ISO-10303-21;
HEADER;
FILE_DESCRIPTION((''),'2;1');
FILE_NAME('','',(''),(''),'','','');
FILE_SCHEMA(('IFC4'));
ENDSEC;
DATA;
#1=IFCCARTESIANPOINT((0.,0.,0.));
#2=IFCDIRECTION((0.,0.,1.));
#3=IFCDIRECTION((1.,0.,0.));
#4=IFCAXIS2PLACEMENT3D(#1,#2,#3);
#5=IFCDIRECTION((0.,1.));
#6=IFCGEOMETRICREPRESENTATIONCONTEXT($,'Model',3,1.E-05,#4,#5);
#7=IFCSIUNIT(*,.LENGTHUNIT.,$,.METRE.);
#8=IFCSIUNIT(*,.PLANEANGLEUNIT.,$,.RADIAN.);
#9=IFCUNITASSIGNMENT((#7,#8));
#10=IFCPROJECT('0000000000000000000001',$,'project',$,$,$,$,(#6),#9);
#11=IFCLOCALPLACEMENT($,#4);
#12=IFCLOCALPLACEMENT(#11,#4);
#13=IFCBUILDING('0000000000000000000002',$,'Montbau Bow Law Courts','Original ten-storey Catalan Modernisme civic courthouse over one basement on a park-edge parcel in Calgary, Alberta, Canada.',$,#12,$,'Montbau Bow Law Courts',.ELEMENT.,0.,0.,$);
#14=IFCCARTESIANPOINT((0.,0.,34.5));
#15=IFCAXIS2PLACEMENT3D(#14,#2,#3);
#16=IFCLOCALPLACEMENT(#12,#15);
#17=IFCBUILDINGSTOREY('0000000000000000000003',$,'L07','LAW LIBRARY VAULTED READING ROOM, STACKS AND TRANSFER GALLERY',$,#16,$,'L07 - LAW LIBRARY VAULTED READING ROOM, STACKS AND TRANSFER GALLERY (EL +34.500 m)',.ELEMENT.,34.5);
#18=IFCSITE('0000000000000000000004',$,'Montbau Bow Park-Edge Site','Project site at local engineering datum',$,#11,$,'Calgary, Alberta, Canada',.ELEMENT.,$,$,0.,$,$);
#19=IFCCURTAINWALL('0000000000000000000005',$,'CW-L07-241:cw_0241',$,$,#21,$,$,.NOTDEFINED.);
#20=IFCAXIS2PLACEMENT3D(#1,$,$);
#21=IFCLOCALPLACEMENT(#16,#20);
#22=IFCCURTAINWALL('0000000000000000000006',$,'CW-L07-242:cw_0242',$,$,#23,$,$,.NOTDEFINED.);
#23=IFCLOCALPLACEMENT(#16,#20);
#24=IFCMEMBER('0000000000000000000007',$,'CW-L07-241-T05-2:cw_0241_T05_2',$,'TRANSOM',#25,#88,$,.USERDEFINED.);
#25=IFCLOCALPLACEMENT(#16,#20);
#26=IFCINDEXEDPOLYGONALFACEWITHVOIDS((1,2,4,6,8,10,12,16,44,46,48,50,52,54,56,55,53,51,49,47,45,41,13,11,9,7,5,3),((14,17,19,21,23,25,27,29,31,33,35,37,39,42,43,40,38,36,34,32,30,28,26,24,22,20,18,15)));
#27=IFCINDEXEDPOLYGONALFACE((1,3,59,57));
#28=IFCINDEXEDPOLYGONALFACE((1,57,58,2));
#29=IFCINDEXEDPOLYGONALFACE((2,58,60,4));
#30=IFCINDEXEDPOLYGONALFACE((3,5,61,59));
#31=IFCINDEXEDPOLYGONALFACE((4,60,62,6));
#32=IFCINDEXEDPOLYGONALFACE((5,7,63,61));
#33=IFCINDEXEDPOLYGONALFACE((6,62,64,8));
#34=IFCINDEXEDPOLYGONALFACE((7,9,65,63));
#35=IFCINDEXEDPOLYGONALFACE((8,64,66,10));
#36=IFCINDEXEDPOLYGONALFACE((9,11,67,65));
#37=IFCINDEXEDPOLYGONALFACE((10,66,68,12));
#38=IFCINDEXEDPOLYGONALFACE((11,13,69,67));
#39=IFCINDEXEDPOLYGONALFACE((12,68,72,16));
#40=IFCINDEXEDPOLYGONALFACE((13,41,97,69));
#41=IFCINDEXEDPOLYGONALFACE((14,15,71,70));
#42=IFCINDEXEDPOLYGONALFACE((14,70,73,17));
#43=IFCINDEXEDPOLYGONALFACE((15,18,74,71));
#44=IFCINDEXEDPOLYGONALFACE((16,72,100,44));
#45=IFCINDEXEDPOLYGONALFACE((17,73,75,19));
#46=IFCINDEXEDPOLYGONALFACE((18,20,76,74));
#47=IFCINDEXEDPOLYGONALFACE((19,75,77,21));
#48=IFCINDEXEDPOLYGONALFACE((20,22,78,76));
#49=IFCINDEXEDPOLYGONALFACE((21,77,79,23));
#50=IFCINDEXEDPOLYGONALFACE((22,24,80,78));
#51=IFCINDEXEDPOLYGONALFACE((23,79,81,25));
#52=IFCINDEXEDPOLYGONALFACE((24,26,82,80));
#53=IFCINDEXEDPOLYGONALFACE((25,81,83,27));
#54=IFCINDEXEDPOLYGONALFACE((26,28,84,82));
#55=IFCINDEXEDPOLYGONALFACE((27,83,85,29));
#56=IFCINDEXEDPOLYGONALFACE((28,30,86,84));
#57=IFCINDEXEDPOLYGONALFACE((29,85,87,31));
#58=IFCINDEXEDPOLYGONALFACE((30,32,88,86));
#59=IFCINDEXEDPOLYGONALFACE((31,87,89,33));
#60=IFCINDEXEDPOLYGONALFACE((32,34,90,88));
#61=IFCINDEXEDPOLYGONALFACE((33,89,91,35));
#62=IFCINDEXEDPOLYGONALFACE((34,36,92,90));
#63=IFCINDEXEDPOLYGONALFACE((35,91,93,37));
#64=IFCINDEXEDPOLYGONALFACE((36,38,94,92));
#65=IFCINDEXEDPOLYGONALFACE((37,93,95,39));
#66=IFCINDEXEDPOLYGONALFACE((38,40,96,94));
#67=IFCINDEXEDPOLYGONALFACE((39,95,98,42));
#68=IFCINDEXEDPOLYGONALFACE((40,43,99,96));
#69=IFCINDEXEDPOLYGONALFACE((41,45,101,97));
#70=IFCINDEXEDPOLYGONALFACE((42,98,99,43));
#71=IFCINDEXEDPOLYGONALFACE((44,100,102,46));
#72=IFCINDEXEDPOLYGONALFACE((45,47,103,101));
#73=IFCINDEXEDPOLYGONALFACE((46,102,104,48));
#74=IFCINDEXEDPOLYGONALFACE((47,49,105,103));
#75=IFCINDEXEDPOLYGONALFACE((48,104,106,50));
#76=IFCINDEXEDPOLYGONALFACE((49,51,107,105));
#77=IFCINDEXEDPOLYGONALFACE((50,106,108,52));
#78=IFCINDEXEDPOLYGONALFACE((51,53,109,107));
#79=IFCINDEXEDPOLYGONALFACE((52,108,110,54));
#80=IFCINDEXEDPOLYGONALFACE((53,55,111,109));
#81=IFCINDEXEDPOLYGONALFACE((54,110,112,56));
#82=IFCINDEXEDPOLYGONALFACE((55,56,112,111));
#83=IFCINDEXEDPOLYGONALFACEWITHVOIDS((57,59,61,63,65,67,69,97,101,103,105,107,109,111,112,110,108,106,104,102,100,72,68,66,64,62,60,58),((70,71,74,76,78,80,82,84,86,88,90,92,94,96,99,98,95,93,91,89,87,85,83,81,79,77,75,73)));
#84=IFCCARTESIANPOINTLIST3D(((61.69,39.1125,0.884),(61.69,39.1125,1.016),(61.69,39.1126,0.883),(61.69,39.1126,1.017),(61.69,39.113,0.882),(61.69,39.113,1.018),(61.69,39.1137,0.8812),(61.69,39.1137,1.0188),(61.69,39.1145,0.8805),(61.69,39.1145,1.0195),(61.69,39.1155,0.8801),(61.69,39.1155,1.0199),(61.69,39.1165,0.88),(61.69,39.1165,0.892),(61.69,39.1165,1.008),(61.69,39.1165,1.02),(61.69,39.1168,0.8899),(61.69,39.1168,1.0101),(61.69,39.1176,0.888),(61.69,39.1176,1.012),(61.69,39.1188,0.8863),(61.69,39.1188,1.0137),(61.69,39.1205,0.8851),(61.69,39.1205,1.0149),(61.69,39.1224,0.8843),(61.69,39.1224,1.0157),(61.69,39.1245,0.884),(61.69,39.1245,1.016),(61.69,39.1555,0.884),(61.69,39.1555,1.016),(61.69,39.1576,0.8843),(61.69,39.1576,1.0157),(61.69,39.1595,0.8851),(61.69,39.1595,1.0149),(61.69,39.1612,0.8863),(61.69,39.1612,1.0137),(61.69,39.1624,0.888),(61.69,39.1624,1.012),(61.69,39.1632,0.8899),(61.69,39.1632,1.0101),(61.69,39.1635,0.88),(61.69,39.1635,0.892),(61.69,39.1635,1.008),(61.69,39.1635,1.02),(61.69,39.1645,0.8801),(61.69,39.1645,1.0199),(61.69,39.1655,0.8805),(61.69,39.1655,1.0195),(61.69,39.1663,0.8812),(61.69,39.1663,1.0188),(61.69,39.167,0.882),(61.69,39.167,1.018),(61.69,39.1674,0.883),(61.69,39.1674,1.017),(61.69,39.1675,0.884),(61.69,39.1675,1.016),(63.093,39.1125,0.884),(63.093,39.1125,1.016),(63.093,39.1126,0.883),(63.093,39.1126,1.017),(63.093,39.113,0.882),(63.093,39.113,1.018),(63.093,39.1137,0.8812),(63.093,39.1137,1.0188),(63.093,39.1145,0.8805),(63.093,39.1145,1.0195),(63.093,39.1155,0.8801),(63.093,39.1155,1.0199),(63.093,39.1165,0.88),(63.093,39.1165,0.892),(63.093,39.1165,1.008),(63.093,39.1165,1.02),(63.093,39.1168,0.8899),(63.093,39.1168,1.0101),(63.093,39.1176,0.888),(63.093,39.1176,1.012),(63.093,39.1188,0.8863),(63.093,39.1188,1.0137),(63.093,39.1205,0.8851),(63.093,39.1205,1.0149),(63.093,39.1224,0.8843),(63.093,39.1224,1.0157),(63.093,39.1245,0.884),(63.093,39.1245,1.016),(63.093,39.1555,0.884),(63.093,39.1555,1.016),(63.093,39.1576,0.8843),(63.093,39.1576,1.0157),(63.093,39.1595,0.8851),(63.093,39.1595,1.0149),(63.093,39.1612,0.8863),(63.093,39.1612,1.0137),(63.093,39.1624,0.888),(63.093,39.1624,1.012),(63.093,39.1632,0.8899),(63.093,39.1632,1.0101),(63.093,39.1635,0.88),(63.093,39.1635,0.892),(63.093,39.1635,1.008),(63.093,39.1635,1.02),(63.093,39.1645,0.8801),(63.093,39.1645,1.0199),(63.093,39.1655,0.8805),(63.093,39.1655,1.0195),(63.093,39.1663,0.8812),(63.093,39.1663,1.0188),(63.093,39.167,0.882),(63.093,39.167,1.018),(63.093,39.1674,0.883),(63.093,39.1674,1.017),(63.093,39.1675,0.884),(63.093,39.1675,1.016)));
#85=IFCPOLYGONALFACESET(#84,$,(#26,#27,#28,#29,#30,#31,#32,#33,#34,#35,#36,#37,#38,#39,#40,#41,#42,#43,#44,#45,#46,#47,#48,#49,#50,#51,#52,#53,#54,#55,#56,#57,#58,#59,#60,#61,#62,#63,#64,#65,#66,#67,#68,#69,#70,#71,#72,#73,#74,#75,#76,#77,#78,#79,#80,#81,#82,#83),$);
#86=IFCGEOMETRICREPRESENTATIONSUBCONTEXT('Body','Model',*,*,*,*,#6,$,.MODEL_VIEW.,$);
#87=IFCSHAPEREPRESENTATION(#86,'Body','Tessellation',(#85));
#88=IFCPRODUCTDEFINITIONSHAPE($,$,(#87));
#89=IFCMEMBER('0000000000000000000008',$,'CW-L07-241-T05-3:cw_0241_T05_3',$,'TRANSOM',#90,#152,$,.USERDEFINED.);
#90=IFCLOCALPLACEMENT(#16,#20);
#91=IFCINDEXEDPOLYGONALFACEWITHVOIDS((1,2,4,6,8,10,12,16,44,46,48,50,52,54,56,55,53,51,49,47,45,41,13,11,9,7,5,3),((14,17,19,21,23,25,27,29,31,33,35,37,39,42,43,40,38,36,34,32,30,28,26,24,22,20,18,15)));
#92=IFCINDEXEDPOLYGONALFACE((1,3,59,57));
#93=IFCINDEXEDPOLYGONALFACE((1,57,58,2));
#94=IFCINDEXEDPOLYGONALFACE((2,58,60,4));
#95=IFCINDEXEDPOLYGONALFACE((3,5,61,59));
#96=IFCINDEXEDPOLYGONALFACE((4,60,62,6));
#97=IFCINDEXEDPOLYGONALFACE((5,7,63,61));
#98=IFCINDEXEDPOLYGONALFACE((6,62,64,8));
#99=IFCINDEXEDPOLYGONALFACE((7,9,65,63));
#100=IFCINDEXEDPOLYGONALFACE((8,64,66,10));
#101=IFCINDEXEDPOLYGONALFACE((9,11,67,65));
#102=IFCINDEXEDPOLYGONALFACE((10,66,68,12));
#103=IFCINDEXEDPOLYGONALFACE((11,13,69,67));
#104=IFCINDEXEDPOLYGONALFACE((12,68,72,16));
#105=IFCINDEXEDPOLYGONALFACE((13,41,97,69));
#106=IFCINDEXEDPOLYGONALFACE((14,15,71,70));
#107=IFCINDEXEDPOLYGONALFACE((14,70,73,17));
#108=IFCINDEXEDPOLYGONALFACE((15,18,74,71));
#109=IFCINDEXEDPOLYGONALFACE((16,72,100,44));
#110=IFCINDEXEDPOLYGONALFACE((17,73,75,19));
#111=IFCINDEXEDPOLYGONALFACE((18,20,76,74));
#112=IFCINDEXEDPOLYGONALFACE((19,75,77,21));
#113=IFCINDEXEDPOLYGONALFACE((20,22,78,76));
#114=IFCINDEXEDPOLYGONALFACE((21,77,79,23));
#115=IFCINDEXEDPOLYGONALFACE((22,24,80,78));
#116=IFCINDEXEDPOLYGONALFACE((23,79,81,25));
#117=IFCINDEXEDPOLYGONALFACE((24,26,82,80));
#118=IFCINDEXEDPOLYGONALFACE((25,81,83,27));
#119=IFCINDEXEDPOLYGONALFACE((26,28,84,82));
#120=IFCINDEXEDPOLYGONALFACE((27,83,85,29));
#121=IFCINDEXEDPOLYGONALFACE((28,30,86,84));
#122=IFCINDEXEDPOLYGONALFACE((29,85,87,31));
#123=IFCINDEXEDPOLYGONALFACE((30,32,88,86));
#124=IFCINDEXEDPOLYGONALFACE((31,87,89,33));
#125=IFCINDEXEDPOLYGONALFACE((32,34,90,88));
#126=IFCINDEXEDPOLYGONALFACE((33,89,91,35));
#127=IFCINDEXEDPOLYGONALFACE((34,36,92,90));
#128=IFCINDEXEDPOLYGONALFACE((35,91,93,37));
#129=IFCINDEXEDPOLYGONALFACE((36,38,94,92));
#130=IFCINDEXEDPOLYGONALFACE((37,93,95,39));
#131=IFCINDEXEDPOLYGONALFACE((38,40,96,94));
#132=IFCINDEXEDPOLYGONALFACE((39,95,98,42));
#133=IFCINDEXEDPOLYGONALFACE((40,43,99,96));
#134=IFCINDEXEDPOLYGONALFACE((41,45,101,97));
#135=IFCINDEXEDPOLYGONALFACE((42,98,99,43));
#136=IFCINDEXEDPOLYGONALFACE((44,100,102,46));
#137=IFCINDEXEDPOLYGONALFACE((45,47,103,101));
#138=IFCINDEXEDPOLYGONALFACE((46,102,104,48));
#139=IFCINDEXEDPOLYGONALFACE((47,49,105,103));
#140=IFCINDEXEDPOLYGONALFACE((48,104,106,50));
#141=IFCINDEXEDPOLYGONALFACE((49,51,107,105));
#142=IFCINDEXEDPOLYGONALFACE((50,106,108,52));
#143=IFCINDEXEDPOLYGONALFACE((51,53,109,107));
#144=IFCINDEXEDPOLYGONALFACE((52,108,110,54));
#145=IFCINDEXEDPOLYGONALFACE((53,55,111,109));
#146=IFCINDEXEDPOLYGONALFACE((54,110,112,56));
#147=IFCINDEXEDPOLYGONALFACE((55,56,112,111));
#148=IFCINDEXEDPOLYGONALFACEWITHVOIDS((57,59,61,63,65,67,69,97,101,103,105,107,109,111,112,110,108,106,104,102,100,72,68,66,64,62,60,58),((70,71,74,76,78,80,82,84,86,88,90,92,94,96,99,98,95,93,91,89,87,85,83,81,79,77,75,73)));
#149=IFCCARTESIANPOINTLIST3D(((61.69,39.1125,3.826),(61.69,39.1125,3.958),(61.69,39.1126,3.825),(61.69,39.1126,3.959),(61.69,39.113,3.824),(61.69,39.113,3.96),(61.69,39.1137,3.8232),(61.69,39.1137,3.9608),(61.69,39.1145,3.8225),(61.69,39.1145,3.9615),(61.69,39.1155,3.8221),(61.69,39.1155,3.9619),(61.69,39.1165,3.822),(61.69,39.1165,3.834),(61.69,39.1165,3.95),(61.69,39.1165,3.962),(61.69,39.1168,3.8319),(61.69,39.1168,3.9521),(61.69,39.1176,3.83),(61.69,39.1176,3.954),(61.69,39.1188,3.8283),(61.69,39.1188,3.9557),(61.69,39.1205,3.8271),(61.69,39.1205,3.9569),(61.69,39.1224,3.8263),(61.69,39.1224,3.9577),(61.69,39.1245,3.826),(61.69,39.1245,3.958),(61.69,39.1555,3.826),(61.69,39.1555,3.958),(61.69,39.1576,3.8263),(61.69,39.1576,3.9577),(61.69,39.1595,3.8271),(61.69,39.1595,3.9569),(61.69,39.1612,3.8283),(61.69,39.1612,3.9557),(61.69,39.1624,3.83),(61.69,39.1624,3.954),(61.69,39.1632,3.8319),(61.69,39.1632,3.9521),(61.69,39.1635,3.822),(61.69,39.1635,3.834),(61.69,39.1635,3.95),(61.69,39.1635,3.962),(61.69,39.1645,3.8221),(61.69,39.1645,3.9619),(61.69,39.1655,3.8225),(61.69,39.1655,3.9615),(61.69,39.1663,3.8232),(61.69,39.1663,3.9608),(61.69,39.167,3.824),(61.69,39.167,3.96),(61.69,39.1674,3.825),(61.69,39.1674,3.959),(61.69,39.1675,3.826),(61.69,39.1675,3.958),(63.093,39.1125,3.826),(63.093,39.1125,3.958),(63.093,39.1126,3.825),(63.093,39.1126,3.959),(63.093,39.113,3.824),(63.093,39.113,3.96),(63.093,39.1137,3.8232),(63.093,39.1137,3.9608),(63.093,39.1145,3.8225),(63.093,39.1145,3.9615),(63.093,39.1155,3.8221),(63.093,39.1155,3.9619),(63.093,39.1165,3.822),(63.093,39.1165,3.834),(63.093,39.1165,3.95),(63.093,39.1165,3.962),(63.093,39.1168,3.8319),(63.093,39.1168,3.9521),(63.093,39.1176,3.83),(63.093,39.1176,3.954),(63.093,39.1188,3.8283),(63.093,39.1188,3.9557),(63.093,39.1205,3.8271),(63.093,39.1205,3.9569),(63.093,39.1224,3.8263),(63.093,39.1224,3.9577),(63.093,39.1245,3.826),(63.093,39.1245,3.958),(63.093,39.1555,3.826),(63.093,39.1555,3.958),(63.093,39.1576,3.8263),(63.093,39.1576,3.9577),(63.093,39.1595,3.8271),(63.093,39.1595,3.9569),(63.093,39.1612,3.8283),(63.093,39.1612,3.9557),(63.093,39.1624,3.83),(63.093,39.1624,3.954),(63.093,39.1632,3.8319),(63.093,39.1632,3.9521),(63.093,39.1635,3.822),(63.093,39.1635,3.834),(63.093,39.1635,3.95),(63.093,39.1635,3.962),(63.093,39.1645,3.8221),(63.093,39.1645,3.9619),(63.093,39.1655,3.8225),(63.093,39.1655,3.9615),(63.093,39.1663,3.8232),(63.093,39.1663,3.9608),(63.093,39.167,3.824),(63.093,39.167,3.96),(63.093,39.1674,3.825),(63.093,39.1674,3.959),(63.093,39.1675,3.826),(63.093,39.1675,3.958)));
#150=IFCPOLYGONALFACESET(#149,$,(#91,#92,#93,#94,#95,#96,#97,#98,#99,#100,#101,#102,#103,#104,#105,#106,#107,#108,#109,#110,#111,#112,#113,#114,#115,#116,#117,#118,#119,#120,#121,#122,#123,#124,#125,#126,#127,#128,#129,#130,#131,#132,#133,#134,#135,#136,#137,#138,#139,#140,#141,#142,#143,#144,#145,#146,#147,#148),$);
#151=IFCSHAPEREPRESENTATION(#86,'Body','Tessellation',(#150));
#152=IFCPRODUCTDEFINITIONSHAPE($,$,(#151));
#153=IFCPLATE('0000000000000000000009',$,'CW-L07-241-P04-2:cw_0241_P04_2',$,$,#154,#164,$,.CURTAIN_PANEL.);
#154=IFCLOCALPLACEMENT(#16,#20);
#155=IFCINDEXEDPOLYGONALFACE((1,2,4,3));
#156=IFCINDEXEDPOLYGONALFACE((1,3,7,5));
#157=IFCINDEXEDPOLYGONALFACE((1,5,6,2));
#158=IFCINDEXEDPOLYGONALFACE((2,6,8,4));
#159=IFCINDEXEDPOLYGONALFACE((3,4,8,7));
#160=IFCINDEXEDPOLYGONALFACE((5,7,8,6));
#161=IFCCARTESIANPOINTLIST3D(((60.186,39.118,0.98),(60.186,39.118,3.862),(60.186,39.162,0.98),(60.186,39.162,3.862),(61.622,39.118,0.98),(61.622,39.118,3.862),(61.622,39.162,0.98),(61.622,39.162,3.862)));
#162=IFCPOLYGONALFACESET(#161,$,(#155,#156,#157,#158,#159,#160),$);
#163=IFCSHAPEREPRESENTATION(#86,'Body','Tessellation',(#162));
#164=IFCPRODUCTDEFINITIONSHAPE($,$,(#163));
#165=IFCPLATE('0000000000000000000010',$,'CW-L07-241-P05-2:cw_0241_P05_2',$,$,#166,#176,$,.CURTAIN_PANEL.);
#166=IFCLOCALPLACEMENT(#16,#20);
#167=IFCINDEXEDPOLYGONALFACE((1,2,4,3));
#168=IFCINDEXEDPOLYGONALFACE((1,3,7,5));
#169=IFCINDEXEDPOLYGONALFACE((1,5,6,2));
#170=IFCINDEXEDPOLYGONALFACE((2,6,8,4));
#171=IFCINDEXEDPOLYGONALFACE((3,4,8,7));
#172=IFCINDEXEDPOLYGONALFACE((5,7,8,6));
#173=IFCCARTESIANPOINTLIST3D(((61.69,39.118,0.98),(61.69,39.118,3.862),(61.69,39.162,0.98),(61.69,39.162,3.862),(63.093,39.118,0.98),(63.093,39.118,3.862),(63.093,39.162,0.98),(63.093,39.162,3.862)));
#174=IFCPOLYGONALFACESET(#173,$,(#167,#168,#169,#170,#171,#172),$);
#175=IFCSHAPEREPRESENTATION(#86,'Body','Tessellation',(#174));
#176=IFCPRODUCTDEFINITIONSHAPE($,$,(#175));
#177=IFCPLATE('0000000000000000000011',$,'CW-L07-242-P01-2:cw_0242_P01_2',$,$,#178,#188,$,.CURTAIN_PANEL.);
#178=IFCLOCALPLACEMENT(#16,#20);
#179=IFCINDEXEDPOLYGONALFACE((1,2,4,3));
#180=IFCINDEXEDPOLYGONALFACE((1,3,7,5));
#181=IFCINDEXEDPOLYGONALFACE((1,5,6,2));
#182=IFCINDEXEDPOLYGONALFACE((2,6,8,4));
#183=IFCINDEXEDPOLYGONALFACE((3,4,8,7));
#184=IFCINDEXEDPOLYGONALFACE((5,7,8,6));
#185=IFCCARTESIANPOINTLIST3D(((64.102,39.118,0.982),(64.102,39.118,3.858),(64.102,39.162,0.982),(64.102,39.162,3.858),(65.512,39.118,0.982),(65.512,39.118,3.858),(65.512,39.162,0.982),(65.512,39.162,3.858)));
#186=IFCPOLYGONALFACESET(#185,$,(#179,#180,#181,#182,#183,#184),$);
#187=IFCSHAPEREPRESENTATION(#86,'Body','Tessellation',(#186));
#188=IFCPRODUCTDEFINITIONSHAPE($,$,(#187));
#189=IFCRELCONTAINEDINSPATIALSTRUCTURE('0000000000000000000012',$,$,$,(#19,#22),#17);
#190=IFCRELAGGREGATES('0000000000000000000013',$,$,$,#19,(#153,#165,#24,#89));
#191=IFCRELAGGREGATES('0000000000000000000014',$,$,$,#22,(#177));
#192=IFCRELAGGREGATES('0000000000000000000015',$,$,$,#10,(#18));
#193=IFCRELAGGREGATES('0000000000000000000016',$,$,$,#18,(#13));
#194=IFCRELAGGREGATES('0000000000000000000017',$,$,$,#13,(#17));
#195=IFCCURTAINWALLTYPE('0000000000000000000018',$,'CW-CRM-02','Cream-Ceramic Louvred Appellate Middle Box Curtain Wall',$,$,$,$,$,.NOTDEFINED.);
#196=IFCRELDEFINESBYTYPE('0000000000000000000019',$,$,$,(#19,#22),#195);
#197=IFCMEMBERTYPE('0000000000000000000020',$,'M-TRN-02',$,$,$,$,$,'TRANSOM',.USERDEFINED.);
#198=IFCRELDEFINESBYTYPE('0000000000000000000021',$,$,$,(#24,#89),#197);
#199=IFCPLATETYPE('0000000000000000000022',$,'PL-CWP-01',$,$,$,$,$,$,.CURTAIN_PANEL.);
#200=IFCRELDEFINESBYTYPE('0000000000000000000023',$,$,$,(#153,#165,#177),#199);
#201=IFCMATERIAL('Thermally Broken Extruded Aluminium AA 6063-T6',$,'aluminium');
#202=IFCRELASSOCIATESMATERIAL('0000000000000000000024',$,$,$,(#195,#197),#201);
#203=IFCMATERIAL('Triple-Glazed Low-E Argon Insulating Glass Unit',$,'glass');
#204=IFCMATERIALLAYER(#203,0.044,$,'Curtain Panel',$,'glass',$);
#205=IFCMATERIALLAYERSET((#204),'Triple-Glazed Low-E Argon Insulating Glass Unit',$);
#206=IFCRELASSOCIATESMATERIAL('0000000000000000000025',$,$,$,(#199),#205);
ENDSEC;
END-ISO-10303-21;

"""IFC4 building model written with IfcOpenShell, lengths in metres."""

from ifc_helpers import new_model, si_unit, direction, frame, frame_2d, origin_with_axes, origin_2d_with_axis, place, context, subcontext, project, spatial, rectangle, hollow_rectangle, extrude, material, layer, layer_set, material_profile, profile_set, type_object, element, aggregate, save


model = new_model("IFC4")

# Units and contexts
model_context = context("Model", 3, precision=1e-05, world=origin_with_axes(), true_north=direction((0.0, 1.0)))
body_context = subcontext(model_context, "Body", "Model", "MODEL_VIEW")
ifc_project = project(units=[si_unit("LENGTHUNIT", "METRE"), si_unit("PLANEANGLEUNIT", "RADIAN")], contexts=[model_context])

# Site, building, storey
site_placement = place(None, origin_with_axes())
site = spatial("IfcSite", under=ifc_project, at=site_placement, Name="Montbau Bow Park-Edge Site", Description="Project site at local engineering datum", LongName="Calgary, Alberta, Canada", CompositionType="ELEMENT", RefElevation=0.0)
building_placement = place(site_placement, origin_with_axes())
building = spatial("IfcBuilding", under=site, at=building_placement, Name="Montbau Bow Law Courts", Description="Original ten-storey Catalan Modernisme civic courthouse over one basement on a park-edge parcel in Calgary, Alberta, Canada.", LongName="Montbau Bow Law Courts", CompositionType="ELEMENT", ElevationOfRefHeight=0.0, ElevationOfTerrain=0.0)
storey_placement = place(building_placement, frame((0.0, 0.0, 34.5), z_axis=(0.0, 0.0, 1.0), x_axis=(1.0, 0.0, 0.0)))
storey = spatial("IfcBuildingStorey", under=building, at=storey_placement, Name="L07", Description="LAW LIBRARY VAULTED READING ROOM, STACKS AND TRANSFER GALLERY", LongName="L07 - LAW LIBRARY VAULTED READING ROOM, STACKS AND TRANSFER GALLERY (EL +34.500 m)", CompositionType="ELEMENT", Elevation=34.5)

# Curtain wall
ifc_material_1 = material(Name="Thermally Broken Extruded Aluminium AA 6063-T6", Category="aluminium")
curtain_wall_type = type_object("IfcCurtainWallType", Name="CW-CRM-02", Description="Cream-Ceramic Louvred Appellate Middle Box Curtain Wall", PredefinedType="NOTDEFINED", material=ifc_material_1)
curtain_wall_1_placement = place(None, frame((55.64, 39.14, 34.5), z_axis=(0.0, 0.0, 1.0), x_axis=(1.0, 0.0, 0.0)))
curtain_wall_1 = element("IfcCurtainWall", 1, at=curtain_wall_1_placement, inside=storey, type_object=curtain_wall_type, Name="CW-L07-241:cw_0241", PredefinedType="NOTDEFINED")

# Curtain wall
curtain_wall_2_placement = place(None, frame((64.04, 39.14, 34.5), z_axis=(0.0, 0.0, 1.0), x_axis=(1.0, 0.0, 0.0)))
curtain_wall_2 = element("IfcCurtainWall", 2, at=curtain_wall_2_placement, inside=storey, type_object=curtain_wall_type, Name="CW-L07-242:cw_0242", PredefinedType="NOTDEFINED")

# Members
ifc_material_profile_1 = material_profile(ifc_material_1, hollow_rectangle(XDim=0.055, YDim=0.14, WallThickness=0.004, InnerFilletRadius=0.008, OuterFilletRadius=0.004, at=origin_2d_with_axis()), Name="CWT-140X55", Category="Main", Priority=0)
ifc_profile_set_1 = profile_set([ifc_material_profile_1], Name="Thermally Broken Extruded Aluminium AA 6063-T6")
member_type_1 = type_object("IfcMemberType", Name="M-TRN-02", ElementType="TRANSOM", PredefinedType="USERDEFINED", material=ifc_profile_set_1)
member_1_placement = place(None, frame((61.69, 39.14, 35.45), z_axis=(1.0, 0.0, 0.0), x_axis=(0.0, 1.0, 0.0)))
member_1 = element("IfcMember", 3, at=member_1_placement, type_object=member_type_1, Name="CW-L07-241-T05-2:cw_0241_T05_2", ObjectType="TRANSOM", PredefinedType="USERDEFINED", context=body_context, shape_type="SweptSolid", body=[
    extrude(hollow_rectangle(XDim=0.055, YDim=0.14, WallThickness=0.004, InnerFilletRadius=0.008, OuterFilletRadius=0.004, at=origin_2d_with_axis()), origin_with_axes(), (0.0, 0.0, 1.0), 1.403),
])
member_2_placement = place(None, frame((61.69, 39.14, 38.392), z_axis=(1.0, 0.0, 0.0), x_axis=(0.0, 1.0, 0.0)))
member_2 = element("IfcMember", 4, at=member_2_placement, type_object=member_type_1, Name="CW-L07-241-T05-3:cw_0241_T05_3", ObjectType="TRANSOM", PredefinedType="USERDEFINED", context=body_context, shape_type="SweptSolid", body=[
    extrude(hollow_rectangle(XDim=0.055, YDim=0.14, WallThickness=0.004, InnerFilletRadius=0.008, OuterFilletRadius=0.004, at=origin_2d_with_axis()), origin_with_axes(), (0.0, 0.0, 1.0), 1.403),
])

# Plates
ifc_material_2 = material(Name="Triple-Glazed Low-E Argon Insulating Glass Unit", Category="glass")
ifc_layer_1 = layer(ifc_material_2, 0.044, Name="Curtain Panel", Category="glass")
ifc_layer_set_1 = layer_set([ifc_layer_1], Name="Triple-Glazed Low-E Argon Insulating Glass Unit")
plate_type_1 = type_object("IfcPlateType", Name="PL-CWP-01", PredefinedType="CURTAIN_PANEL", material=ifc_layer_set_1)
plate_1_placement = place(None, frame((60.186, 39.14, 35.48), z_axis=(0.0, -1.0, 0.0), x_axis=(1.0, 0.0, 0.0)))
plate_1 = element("IfcPlate", 5, at=plate_1_placement, type_object=plate_type_1, Name="CW-L07-241-P04-2:cw_0241_P04_2", PredefinedType="CURTAIN_PANEL", context=body_context, shape_type="SweptSolid", body=[
    extrude(rectangle(XDim=1.436, YDim=2.882, at=frame_2d((0.718, 1.441), x_axis=(1.0, 0.0))), frame((0.0, 0.0, -0.022), z_axis=(0.0, 0.0, 1.0), x_axis=(1.0, 0.0, 0.0)), (0.0, 0.0, 1.0), 0.044),
])
plate_2_placement = place(None, frame((61.69, 39.14, 35.48), z_axis=(0.0, -1.0, 0.0), x_axis=(1.0, 0.0, 0.0)))
plate_2 = element("IfcPlate", 6, at=plate_2_placement, type_object=plate_type_1, Name="CW-L07-241-P05-2:cw_0241_P05_2", PredefinedType="CURTAIN_PANEL", context=body_context, shape_type="SweptSolid", body=[
    extrude(rectangle(XDim=1.403, YDim=2.882, at=frame_2d((0.7015, 1.441), x_axis=(1.0, 0.0))), frame((0.0, 0.0, -0.022), z_axis=(0.0, 0.0, 1.0), x_axis=(1.0, 0.0, 0.0)), (0.0, 0.0, 1.0), 0.044),
])
plate_3_placement = place(None, frame((64.102, 39.14, 35.482), z_axis=(0.0, -1.0, 0.0), x_axis=(1.0, 0.0, 0.0)))
plate_3 = element("IfcPlate", 7, at=plate_3_placement, type_object=plate_type_1, Name="CW-L07-242-P01-2:cw_0242_P01_2", PredefinedType="CURTAIN_PANEL", context=body_context, shape_type="SweptSolid", body=[
    extrude(rectangle(XDim=1.41, YDim=2.876, at=frame_2d((0.705, 1.438), x_axis=(1.0, 0.0))), frame((0.0, 0.0, -0.022), z_axis=(0.0, 0.0, 1.0), x_axis=(1.0, 0.0, 0.0)), (0.0, 0.0, 1.0), 0.044),
])
aggregate(curtain_wall_1, [plate_1, plate_2, member_1, member_2])
aggregate(curtain_wall_2, [plate_3])

save(model, "model.ifc")
